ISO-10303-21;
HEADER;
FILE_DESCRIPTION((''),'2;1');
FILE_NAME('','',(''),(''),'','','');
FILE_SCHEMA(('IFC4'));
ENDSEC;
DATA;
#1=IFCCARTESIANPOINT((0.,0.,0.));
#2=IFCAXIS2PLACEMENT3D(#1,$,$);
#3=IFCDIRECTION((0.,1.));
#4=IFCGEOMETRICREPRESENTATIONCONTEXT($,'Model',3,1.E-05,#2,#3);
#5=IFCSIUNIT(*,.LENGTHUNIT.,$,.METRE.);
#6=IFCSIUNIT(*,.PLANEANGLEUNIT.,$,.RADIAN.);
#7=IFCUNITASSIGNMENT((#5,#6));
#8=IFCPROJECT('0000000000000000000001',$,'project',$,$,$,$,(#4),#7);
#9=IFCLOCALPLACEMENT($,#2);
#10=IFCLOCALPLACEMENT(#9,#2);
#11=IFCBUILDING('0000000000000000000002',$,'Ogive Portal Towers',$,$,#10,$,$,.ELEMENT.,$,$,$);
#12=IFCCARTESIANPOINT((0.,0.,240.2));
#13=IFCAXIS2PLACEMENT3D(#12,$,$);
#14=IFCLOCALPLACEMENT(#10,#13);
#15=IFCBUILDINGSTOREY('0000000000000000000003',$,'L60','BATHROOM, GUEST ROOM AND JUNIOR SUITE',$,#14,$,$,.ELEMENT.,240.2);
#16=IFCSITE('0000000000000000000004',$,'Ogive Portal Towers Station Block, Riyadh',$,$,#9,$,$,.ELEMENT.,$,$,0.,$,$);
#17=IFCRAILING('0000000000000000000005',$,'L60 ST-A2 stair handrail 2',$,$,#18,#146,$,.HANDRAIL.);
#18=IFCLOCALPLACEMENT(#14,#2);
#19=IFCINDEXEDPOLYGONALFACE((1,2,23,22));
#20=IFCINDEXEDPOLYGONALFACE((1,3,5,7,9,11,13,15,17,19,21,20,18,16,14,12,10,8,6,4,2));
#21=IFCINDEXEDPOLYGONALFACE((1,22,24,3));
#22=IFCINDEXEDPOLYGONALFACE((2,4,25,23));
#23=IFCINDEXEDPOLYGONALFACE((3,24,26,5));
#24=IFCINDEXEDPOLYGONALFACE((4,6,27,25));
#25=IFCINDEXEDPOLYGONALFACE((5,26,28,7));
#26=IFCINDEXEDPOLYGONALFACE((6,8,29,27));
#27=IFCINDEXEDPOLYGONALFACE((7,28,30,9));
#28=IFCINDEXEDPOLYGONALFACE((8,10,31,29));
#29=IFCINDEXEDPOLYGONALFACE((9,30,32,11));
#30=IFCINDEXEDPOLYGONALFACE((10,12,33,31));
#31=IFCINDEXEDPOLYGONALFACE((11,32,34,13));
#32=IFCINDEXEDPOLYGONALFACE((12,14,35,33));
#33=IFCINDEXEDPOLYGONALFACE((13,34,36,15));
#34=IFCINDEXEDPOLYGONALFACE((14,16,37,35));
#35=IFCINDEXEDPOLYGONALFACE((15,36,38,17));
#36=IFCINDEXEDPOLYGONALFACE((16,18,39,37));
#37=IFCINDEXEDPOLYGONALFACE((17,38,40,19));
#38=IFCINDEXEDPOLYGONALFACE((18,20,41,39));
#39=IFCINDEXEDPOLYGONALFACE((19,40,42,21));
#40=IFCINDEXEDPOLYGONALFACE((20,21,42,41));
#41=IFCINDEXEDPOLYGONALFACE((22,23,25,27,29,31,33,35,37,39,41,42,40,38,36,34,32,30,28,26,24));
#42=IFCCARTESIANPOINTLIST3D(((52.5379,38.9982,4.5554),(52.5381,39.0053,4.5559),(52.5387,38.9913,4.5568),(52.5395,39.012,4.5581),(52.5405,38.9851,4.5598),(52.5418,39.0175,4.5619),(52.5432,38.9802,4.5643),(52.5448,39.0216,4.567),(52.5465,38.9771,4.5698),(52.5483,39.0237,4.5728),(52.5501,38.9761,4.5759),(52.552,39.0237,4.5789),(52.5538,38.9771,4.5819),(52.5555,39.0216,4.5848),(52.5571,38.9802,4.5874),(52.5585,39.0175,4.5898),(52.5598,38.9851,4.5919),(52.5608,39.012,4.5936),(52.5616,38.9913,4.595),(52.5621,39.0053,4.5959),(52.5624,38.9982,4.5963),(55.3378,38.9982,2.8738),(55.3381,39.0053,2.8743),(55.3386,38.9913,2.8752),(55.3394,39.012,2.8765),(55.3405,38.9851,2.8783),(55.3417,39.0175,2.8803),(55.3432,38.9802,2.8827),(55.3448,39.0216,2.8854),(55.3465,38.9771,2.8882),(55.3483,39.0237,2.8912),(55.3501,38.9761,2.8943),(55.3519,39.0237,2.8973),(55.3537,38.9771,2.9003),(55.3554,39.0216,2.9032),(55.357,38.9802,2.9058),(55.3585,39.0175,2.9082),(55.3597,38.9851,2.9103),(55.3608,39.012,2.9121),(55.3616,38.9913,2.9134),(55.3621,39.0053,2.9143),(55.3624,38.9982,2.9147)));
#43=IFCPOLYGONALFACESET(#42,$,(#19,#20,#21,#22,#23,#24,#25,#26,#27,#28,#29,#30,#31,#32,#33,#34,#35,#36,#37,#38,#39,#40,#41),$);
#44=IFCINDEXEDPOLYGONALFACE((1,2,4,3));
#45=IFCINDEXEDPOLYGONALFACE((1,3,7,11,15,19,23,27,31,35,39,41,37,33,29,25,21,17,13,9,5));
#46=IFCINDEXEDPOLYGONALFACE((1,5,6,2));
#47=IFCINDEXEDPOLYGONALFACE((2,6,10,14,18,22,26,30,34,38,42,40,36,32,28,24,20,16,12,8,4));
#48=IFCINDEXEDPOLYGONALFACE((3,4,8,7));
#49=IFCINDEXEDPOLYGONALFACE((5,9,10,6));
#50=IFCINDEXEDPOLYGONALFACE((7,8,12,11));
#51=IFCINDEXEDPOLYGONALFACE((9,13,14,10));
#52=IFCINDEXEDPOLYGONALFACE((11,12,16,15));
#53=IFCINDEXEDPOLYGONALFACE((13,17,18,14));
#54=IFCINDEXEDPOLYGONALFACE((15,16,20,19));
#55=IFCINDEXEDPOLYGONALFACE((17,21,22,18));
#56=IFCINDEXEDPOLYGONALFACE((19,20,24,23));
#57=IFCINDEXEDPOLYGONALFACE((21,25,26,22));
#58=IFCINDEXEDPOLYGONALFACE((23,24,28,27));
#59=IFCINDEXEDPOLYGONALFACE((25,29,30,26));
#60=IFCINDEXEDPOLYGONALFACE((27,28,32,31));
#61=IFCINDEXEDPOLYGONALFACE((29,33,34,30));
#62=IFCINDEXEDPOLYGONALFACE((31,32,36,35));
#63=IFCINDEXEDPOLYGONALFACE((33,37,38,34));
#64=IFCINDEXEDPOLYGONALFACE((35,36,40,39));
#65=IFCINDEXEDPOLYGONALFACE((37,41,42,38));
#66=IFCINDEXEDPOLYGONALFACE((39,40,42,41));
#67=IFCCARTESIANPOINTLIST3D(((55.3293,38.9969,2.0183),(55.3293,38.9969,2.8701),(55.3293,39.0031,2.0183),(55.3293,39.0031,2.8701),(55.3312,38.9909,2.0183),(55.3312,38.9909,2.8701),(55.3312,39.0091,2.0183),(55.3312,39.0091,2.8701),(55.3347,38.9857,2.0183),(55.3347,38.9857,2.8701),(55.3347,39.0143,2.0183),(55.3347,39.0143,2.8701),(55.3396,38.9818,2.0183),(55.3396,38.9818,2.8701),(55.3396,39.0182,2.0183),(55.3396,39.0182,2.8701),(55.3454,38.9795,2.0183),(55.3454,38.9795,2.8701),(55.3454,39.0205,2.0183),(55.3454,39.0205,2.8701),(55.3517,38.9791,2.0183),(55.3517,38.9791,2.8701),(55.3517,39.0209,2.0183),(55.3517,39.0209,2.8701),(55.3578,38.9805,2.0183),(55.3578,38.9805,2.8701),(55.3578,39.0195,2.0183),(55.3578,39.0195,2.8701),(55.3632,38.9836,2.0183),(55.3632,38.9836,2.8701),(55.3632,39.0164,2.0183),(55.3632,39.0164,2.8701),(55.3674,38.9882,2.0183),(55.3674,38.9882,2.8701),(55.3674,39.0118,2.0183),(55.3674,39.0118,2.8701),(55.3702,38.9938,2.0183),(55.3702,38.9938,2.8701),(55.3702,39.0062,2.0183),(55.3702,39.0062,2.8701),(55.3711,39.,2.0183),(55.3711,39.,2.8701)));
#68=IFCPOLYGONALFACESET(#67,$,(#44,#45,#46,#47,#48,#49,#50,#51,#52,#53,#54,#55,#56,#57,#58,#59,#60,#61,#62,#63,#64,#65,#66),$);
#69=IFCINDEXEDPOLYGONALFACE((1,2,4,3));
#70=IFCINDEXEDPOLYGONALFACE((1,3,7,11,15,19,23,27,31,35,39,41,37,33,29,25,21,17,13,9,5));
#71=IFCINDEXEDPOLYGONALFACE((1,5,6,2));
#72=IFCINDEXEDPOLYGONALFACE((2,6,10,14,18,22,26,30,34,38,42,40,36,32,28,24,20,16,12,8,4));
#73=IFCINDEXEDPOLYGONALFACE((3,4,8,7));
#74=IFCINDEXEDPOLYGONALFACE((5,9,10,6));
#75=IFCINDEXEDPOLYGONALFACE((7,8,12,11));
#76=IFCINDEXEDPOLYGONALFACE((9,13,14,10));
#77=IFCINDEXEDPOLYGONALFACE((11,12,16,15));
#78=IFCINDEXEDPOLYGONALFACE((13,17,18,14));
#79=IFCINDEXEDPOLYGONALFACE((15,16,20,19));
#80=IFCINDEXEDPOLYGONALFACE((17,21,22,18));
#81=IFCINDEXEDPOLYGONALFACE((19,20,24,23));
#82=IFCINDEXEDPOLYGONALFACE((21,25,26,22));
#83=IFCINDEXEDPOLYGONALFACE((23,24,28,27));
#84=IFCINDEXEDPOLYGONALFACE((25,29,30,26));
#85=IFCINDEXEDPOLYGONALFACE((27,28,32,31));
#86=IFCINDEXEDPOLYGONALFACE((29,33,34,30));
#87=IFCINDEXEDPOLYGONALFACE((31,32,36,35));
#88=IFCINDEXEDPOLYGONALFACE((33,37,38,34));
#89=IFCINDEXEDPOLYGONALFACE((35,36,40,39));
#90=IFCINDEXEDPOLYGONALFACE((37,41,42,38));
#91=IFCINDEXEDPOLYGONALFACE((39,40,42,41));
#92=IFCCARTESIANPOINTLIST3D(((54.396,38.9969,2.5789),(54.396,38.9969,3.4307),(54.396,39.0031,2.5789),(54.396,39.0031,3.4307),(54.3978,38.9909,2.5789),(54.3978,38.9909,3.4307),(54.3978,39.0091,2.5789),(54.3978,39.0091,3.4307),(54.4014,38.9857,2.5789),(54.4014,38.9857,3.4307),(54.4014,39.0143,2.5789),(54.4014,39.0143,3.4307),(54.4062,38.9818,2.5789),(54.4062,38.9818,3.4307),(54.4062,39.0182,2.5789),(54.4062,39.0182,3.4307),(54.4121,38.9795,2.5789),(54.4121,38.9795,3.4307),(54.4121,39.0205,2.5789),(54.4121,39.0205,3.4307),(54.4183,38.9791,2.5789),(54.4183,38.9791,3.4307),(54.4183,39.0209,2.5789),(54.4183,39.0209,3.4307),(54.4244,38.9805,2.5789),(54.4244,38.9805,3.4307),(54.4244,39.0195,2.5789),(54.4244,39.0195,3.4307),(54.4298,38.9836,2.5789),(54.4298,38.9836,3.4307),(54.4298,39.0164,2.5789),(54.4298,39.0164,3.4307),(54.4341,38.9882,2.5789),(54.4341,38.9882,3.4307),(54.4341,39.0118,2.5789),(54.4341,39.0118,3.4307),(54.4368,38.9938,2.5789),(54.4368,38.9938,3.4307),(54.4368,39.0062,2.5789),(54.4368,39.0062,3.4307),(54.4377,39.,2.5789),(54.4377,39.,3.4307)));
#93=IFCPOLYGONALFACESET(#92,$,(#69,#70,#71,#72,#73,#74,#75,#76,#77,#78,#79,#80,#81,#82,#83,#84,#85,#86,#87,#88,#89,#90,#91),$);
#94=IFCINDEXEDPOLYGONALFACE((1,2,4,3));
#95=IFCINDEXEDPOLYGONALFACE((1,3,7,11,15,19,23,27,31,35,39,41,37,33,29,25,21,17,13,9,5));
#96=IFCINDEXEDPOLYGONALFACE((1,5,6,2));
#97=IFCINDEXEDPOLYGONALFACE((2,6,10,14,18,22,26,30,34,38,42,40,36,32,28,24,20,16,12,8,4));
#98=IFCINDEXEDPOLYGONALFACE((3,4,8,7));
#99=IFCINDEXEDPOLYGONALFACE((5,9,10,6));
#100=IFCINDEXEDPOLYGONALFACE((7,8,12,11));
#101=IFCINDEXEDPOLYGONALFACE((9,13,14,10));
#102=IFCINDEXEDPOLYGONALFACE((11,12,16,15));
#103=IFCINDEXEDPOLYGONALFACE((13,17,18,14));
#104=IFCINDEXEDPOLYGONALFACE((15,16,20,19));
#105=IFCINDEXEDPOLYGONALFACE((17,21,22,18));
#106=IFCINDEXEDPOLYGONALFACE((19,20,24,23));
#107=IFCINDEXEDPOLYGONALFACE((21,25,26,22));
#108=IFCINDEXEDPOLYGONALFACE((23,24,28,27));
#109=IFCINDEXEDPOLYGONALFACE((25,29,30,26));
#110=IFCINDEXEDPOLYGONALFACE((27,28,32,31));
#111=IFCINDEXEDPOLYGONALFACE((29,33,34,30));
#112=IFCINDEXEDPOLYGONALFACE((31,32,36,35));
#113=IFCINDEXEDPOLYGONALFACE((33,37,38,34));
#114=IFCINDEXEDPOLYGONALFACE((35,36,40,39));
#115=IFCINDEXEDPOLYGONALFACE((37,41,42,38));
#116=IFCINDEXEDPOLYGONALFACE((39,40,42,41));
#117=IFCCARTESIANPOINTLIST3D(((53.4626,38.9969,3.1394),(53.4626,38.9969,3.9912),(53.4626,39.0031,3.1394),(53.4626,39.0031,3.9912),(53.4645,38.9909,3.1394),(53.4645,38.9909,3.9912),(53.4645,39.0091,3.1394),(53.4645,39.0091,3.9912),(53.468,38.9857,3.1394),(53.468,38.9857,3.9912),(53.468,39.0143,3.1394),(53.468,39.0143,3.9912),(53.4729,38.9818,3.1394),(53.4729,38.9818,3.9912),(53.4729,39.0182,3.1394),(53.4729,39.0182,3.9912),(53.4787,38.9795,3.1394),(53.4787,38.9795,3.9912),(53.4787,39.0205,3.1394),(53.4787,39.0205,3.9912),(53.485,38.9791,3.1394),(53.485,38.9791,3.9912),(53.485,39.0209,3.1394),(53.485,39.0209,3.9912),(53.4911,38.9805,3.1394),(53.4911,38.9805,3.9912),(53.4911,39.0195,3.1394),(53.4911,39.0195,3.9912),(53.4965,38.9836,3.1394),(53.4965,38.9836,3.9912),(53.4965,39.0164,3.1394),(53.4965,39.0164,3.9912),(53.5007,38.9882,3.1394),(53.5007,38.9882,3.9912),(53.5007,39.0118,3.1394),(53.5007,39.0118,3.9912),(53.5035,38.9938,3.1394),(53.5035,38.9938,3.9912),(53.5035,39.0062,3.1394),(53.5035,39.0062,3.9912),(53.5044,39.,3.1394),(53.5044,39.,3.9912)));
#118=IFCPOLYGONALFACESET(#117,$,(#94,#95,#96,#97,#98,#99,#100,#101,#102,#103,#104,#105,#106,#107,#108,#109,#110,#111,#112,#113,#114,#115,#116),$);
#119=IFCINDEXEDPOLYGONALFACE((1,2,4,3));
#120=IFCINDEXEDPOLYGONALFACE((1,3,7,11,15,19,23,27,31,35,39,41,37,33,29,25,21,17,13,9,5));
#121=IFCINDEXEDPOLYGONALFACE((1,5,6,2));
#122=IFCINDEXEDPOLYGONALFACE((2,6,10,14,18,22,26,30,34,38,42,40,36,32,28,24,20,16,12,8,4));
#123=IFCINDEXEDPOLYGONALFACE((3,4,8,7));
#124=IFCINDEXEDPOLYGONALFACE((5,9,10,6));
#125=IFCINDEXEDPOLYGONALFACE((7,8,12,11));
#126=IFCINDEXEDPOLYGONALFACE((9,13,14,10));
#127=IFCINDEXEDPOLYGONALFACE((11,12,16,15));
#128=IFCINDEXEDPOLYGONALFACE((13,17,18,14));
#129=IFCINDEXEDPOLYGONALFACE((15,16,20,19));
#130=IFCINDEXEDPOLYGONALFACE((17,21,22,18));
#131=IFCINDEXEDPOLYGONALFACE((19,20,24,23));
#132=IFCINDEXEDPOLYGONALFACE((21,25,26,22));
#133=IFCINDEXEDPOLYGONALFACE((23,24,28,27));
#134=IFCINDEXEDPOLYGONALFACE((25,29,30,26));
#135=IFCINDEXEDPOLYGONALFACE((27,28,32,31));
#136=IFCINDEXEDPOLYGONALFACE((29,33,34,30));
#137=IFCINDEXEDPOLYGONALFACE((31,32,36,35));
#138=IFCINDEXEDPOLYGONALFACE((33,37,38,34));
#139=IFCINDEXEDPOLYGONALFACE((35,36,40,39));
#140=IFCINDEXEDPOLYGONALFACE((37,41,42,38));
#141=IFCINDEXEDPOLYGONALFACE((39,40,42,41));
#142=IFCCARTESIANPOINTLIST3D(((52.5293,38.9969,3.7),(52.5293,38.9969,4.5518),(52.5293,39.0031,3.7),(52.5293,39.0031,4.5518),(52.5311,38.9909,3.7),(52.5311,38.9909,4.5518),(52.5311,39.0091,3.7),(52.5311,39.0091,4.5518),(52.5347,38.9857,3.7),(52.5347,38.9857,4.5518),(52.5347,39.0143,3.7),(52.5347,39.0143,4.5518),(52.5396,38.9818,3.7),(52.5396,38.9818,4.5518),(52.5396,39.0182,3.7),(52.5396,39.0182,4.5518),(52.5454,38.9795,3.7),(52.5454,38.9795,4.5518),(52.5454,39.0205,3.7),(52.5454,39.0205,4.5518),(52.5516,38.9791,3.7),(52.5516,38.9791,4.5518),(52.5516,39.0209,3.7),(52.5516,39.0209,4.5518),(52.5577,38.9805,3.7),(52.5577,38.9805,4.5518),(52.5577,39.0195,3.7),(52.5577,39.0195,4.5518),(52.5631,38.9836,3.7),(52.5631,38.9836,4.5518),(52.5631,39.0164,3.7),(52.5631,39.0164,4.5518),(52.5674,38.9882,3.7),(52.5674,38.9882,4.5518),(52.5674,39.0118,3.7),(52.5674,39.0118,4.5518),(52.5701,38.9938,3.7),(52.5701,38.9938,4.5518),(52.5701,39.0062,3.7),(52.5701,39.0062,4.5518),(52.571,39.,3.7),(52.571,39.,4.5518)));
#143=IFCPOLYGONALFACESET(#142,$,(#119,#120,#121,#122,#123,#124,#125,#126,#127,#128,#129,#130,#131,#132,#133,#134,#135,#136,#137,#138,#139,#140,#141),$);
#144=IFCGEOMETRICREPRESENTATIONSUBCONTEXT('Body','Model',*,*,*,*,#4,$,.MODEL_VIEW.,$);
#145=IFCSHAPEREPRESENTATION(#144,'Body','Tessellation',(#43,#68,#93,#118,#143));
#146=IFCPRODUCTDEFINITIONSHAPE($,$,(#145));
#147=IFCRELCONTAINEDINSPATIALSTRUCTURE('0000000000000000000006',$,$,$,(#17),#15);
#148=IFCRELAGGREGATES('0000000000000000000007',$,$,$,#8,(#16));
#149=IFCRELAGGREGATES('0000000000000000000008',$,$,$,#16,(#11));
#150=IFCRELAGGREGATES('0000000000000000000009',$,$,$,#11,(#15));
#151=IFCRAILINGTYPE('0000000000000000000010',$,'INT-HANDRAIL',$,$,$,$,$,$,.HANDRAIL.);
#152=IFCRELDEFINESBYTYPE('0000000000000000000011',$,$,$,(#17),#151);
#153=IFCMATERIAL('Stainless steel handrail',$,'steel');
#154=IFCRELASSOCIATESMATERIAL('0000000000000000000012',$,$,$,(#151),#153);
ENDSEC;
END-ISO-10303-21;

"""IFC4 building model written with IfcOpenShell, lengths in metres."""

from ifc_helpers import new_model, si_unit, direction, frame, origin, origin_2d, place, context, subcontext, project, spatial, circle, extrude, material, type_object, element, save


model = new_model("IFC4")

# Units and contexts
model_context = context("Model", 3, precision=1e-05, world=origin(), true_north=direction((0.0, 1.0)))
body_context = subcontext(model_context, "Body", "Model", "MODEL_VIEW")
ifc_project = project(units=[si_unit("LENGTHUNIT", "METRE"), si_unit("PLANEANGLEUNIT", "RADIAN")], contexts=[model_context])

# Site, building, storey
site_placement = place(None, origin())
site = spatial("IfcSite", under=ifc_project, at=site_placement, Name="Ogive Portal Towers Station Block, Riyadh", CompositionType="ELEMENT", RefElevation=0.0)
building_placement = place(site_placement, origin())
building = spatial("IfcBuilding", under=site, at=building_placement, Name="Ogive Portal Towers", CompositionType="ELEMENT")
storey_placement = place(building_placement, frame((0.0, 0.0, 240.2)))
storey = spatial("IfcBuildingStorey", under=building, at=storey_placement, Name="L60", Description="BATHROOM, GUEST ROOM AND JUNIOR SUITE", CompositionType="ELEMENT", Elevation=240.2)

# Railing
ifc_material_1 = material(Name="Stainless steel handrail", Category="steel")
railing_type_1 = type_object("IfcRailingType", Name="INT-HANDRAIL", PredefinedType="HANDRAIL", material=ifc_material_1)
railing_1_placement = place(storey_placement, frame((55.3501, 39.0, 2.0183)))
element("IfcRailing", 1, at=railing_1_placement, inside=storey, type_object=railing_type_1, Name="L60 ST-A2 stair handrail 2", PredefinedType="HANDRAIL", context=body_context, shape_type="SweptSolid", body=[
    extrude(circle(Radius=0.0239, at=origin_2d()), frame((0.0, 0.0, 0.876), z_axis=(-0.857275, 0.0, 0.514858), x_axis=(0.0, -1.0, 0.0)), (0.0, 0.0, 1.0), 3.2661),
    extrude(circle(Radius=0.021, at=origin_2d()), origin(), (0.0, 0.0, 1.0), 0.8518),
    extrude(circle(Radius=0.021, at=origin_2d()), frame((-0.9333, 0.0, 0.5605)), (0.0, 0.0, 1.0), 0.8518),
    extrude(circle(Radius=0.021, at=origin_2d()), frame((-1.8667, 0.0, 1.1211)), (0.0, 0.0, 1.0), 0.8518),
    extrude(circle(Radius=0.021, at=origin_2d()), frame((-2.8, 0.0, 1.6816)), (0.0, 0.0, 1.0), 0.8518),
])

save(model, "model.ifc")
